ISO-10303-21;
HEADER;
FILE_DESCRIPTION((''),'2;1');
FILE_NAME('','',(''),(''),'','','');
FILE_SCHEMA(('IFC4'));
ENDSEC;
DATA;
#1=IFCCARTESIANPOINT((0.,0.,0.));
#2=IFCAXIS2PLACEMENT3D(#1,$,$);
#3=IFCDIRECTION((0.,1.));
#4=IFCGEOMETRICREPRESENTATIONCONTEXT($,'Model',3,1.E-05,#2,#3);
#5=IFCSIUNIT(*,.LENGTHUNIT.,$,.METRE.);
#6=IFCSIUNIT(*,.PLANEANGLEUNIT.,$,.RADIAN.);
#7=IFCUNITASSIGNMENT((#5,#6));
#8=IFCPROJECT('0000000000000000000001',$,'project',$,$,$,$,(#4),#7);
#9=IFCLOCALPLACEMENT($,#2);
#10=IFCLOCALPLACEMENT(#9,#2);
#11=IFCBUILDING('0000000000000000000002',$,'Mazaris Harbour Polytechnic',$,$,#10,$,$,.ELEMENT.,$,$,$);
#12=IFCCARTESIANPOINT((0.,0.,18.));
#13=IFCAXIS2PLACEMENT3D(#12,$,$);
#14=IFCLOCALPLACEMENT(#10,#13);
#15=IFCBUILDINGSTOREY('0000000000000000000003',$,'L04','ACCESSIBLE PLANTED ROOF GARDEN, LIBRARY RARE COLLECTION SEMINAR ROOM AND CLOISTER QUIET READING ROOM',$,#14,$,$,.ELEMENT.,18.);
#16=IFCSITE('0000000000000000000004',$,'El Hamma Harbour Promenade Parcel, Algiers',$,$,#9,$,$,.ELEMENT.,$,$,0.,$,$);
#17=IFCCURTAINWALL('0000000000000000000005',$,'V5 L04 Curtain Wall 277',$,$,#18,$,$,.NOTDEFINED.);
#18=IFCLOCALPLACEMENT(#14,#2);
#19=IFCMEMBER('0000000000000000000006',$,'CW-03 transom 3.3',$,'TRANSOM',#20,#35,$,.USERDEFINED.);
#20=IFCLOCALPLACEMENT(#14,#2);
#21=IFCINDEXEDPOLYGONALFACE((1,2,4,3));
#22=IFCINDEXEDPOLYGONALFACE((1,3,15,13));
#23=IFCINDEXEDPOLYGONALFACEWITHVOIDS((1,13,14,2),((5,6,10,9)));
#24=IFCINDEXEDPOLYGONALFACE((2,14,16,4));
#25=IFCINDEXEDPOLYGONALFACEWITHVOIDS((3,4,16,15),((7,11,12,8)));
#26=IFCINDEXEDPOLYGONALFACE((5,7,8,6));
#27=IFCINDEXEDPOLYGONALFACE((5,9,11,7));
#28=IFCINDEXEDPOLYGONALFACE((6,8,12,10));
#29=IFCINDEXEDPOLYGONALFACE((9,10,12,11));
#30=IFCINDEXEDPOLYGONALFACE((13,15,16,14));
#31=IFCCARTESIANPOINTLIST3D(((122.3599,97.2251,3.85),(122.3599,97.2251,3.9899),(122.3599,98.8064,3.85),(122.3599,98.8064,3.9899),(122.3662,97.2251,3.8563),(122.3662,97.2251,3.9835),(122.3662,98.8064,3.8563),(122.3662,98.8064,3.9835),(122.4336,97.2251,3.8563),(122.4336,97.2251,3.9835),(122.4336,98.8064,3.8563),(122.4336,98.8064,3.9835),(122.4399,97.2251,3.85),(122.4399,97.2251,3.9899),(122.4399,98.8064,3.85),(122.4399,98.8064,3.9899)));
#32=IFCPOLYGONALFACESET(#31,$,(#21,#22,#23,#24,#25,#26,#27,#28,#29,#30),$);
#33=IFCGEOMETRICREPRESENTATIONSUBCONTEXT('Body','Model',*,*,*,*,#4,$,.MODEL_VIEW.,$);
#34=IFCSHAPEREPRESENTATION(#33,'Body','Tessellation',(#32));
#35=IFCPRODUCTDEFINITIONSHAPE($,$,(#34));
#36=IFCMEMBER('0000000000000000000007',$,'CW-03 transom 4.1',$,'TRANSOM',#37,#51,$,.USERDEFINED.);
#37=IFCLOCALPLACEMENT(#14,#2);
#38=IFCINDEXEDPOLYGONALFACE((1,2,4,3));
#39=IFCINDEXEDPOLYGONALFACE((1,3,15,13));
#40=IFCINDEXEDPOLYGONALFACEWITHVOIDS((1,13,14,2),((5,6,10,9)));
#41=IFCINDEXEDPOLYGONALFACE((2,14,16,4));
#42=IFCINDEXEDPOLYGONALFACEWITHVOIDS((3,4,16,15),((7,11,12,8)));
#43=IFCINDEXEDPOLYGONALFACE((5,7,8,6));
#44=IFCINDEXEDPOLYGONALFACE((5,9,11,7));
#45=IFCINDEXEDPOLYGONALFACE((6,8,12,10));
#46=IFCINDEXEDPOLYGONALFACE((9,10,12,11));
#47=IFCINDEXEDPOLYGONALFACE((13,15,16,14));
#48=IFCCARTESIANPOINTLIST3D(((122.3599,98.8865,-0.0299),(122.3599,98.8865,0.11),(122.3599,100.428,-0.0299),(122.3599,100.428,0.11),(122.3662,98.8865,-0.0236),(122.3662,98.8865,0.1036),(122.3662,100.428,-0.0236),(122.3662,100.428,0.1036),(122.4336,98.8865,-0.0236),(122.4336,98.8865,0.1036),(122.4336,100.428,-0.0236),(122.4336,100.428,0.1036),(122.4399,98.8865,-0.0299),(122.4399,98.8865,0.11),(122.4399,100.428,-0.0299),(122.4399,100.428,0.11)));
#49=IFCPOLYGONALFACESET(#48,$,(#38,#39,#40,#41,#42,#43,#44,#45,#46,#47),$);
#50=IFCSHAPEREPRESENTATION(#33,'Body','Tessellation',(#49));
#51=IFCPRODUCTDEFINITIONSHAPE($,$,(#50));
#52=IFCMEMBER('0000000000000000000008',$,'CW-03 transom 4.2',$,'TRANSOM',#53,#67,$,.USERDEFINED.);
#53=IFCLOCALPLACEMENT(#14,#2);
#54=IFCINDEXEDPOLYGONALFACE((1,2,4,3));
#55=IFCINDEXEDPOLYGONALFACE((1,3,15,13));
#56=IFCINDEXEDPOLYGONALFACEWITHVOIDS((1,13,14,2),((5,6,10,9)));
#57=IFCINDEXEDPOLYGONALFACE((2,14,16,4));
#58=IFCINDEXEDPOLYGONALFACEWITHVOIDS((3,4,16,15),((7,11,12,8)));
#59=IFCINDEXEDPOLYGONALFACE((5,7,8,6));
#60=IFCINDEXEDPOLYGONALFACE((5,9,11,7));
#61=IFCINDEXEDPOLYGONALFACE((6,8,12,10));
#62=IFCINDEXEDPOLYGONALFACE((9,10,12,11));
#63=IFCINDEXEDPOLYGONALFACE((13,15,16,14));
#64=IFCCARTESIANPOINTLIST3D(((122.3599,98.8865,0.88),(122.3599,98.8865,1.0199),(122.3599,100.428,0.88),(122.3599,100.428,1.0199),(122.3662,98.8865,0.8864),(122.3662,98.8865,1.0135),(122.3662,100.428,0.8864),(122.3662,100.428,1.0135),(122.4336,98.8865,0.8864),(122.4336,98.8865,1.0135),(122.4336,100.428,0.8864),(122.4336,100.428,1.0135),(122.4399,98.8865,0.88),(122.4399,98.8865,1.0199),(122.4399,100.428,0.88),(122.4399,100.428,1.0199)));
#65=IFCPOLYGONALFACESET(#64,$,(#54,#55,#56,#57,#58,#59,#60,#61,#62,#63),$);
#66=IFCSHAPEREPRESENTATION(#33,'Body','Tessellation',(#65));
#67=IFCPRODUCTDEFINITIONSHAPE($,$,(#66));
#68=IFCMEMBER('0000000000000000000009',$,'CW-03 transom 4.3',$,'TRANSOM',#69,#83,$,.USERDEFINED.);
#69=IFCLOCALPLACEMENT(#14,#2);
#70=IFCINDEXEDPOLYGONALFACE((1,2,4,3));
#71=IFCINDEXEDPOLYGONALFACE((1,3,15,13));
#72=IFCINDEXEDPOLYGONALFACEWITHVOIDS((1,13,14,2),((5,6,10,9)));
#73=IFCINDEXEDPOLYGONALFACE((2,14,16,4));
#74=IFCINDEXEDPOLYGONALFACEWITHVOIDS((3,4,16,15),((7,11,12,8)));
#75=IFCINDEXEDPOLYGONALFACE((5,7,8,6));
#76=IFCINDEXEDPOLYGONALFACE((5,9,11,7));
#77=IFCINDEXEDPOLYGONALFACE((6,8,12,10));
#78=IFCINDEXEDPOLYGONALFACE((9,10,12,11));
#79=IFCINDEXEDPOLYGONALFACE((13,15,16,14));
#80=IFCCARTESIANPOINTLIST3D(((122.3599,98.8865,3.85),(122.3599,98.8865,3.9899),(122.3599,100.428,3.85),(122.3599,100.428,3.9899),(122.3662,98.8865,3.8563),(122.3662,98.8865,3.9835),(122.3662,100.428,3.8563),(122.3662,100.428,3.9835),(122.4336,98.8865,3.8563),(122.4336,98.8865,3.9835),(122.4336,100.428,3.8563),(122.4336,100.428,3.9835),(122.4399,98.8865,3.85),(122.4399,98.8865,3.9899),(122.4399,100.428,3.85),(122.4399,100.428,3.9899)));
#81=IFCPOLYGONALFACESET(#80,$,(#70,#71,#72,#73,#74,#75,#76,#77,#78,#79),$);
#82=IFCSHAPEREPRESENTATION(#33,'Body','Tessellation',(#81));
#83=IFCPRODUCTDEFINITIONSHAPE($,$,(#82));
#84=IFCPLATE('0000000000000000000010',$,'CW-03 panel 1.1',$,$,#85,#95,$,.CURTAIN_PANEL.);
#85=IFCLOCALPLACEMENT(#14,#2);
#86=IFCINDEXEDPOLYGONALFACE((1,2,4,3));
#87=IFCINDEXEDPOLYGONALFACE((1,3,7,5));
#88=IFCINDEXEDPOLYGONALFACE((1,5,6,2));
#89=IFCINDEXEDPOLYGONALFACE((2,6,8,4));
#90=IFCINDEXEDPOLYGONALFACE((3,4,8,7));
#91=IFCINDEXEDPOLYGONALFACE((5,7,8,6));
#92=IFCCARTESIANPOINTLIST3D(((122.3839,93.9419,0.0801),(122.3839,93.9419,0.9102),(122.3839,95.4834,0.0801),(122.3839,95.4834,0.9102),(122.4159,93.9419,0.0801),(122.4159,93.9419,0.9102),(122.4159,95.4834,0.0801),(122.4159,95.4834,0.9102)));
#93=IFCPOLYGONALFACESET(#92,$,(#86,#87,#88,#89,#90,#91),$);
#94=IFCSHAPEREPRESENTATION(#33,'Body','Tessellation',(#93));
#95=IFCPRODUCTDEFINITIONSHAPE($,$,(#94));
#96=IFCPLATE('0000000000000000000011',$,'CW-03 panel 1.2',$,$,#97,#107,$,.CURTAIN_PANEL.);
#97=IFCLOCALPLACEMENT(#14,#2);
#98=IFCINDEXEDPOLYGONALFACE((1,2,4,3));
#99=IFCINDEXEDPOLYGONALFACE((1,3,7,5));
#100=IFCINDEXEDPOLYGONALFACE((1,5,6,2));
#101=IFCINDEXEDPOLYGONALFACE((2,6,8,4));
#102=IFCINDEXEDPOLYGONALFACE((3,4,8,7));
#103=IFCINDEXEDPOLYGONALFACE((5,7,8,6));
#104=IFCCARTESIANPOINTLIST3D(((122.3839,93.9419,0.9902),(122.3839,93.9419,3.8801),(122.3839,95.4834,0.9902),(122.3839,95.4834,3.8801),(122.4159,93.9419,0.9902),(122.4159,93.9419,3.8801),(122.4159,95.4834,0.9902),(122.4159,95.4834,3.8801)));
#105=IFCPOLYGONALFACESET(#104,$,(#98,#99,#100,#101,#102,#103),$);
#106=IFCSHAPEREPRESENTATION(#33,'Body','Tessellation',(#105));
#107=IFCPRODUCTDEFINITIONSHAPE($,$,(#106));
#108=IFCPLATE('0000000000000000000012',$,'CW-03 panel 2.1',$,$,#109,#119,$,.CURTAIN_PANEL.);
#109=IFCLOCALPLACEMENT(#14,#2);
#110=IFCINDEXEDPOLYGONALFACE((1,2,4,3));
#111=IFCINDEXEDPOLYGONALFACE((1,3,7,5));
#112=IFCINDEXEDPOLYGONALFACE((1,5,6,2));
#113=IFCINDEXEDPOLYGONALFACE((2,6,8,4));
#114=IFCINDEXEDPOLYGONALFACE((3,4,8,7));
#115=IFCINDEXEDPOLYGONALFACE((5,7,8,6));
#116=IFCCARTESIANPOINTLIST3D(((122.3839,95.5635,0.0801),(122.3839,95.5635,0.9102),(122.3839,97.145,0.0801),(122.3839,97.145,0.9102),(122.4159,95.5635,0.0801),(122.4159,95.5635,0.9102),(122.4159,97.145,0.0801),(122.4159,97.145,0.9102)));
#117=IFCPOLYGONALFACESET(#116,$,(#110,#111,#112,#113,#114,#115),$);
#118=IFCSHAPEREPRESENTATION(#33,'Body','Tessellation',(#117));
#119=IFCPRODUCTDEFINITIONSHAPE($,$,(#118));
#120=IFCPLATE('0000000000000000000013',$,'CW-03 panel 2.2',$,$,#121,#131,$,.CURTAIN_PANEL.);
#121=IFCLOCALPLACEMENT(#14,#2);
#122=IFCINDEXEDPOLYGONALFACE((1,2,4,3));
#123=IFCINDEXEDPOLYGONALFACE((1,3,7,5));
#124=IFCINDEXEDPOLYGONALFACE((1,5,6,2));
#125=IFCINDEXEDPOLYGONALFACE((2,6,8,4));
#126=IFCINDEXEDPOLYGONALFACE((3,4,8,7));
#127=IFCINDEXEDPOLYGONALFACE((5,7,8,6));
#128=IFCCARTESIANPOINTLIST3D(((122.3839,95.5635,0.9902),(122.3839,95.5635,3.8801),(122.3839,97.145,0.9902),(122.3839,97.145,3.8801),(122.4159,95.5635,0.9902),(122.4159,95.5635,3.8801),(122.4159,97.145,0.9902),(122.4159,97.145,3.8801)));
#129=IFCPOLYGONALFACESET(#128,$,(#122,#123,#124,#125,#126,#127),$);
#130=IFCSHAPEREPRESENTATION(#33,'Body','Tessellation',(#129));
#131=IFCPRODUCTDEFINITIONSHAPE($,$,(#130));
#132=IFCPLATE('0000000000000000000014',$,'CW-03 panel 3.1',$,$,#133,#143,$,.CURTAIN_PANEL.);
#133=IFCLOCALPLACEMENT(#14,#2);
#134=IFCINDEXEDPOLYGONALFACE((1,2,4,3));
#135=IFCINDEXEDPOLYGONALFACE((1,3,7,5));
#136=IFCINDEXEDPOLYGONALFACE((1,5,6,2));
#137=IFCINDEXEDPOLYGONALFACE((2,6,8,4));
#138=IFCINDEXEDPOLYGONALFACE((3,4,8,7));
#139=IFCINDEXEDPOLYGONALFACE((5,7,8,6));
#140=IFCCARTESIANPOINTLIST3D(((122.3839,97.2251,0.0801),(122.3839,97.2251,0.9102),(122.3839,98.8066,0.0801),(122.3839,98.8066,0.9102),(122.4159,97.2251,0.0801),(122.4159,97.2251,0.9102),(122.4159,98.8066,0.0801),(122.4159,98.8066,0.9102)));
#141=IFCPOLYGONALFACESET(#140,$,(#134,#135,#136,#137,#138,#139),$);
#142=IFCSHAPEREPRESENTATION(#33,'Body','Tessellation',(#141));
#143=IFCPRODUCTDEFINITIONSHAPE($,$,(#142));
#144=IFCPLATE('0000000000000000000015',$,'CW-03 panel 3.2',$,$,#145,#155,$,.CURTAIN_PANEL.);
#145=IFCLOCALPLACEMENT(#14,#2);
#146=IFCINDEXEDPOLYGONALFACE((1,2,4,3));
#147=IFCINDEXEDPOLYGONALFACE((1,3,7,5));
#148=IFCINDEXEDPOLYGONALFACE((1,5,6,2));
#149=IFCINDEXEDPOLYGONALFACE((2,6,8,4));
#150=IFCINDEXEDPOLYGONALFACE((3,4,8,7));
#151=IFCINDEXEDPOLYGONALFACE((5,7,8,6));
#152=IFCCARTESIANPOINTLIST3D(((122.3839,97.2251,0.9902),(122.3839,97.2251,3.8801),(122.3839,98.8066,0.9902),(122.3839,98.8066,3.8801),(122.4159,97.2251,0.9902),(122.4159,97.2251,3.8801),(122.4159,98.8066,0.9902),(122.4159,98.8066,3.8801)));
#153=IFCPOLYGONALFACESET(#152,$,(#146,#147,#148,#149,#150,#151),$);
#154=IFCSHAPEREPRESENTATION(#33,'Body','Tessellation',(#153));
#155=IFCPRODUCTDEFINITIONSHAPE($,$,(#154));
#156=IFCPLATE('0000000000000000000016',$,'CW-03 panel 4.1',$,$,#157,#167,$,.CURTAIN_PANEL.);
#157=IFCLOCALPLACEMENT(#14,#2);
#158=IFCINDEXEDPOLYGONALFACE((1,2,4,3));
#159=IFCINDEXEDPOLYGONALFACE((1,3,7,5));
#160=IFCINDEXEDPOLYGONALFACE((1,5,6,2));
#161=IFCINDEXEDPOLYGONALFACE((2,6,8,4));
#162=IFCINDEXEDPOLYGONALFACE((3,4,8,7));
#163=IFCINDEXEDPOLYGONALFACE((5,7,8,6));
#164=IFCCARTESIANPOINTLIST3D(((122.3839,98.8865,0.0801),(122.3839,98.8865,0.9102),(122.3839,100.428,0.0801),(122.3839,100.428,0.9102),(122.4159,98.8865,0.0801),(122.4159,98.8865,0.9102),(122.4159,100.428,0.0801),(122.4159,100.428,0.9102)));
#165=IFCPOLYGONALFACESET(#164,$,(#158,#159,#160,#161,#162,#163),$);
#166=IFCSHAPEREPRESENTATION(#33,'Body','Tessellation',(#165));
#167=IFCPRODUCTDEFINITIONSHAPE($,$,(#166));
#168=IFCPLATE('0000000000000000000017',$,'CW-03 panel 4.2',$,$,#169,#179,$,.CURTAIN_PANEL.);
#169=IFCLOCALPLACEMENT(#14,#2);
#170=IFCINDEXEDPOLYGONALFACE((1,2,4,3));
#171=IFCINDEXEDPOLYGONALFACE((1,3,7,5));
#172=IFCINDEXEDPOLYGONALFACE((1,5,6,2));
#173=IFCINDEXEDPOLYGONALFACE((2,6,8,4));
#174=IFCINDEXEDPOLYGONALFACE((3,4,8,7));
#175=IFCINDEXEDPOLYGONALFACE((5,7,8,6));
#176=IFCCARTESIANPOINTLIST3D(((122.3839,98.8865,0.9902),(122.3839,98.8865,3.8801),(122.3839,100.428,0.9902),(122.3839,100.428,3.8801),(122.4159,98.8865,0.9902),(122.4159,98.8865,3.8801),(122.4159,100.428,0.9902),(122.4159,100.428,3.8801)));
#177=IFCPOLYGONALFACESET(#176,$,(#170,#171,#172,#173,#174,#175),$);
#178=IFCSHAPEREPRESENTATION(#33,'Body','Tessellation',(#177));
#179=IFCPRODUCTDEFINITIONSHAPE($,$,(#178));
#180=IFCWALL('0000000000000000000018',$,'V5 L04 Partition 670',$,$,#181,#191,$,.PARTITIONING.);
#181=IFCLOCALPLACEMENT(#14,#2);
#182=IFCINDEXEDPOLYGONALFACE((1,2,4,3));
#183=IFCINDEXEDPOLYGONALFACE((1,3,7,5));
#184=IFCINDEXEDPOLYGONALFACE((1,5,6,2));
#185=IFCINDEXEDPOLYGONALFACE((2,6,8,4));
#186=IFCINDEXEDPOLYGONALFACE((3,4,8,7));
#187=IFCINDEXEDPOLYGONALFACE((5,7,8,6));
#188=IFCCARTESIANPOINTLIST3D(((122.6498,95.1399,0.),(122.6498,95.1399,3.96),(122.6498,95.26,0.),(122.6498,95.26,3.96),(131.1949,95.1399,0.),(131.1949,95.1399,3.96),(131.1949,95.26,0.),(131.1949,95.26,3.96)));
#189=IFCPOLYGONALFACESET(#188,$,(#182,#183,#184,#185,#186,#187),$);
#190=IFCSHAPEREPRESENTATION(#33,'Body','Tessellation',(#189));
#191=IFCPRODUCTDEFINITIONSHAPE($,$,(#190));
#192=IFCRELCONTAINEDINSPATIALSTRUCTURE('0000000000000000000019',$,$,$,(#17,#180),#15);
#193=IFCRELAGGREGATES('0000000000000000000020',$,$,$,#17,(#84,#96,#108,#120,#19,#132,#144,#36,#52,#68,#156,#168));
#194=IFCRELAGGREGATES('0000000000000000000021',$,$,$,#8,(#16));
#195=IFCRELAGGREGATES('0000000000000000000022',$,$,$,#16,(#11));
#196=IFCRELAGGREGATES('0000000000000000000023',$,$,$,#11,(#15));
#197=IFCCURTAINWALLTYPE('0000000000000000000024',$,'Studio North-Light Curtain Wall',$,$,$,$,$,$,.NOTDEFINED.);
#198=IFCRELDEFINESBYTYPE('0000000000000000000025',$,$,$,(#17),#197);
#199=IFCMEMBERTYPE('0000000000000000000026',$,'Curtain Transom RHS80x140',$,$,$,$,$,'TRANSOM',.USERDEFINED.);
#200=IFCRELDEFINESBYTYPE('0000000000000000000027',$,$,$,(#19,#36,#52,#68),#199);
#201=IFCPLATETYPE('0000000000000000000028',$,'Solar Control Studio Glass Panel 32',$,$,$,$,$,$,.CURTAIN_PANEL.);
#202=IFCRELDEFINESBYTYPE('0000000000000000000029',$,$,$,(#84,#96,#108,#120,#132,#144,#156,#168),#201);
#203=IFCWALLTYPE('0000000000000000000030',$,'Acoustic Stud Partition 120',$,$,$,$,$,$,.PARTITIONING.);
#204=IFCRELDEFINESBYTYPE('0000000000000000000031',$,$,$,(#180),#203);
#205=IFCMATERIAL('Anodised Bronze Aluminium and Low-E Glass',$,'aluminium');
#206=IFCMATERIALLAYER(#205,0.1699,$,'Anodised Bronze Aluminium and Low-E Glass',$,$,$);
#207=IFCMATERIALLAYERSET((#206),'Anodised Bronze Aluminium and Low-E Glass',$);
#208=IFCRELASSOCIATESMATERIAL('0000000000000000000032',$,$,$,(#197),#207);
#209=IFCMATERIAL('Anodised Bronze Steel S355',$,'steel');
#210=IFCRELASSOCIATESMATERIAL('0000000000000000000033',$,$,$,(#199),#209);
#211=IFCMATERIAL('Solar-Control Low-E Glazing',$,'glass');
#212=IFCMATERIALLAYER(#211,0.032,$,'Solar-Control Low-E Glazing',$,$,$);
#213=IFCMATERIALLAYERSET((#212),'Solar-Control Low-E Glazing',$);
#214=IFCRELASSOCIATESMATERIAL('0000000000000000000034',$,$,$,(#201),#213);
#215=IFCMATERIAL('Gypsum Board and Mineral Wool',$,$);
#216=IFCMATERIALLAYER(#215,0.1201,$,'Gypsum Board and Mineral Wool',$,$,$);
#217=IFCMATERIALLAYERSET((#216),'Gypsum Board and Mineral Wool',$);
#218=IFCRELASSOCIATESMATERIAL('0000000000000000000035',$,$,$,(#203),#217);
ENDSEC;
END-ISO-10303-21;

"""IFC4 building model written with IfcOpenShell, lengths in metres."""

from ifc_helpers import new_model, si_unit, direction, frame, frame_2d, origin, origin_2d, place, context, subcontext, project, spatial, rectangle, hollow_rectangle, extrude, material, layer, layer_set, material_profile, profile_set, type_object, element, aggregate, save


model = new_model("IFC4")

# Units and contexts
model_context = context("Model", 3, precision=1e-05, world=origin(), true_north=direction((0.0, 1.0)))
body_context = subcontext(model_context, "Body", "Model", "MODEL_VIEW")
ifc_project = project(units=[si_unit("LENGTHUNIT", "METRE"), si_unit("PLANEANGLEUNIT", "RADIAN")], contexts=[model_context])

# Site, building, storey
site_placement = place(None, origin())
site = spatial("IfcSite", under=ifc_project, at=site_placement, Name="El Hamma Harbour Promenade Parcel, Algiers", CompositionType="ELEMENT", RefElevation=0.0)
building_placement = place(site_placement, origin())
building = spatial("IfcBuilding", under=site, at=building_placement, Name="Mazaris Harbour Polytechnic", CompositionType="ELEMENT")
storey_placement = place(building_placement, frame((0.0, 0.0, 18.0)))
storey = spatial("IfcBuildingStorey", under=building, at=storey_placement, Name="L04", Description="ACCESSIBLE PLANTED ROOF GARDEN, LIBRARY RARE COLLECTION SEMINAR ROOM AND CLOISTER QUIET READING ROOM", CompositionType="ELEMENT", Elevation=18.0)

# Shared definitions
ifc_material_1 = material(Name="Anodised Bronze Aluminium and Low-E Glass", Category="aluminium")
ifc_layer_1 = layer(ifc_material_1, 0.1699, Name="Anodised Bronze Aluminium and Low-E Glass")
ifc_layer_set_1 = layer_set([ifc_layer_1], Name="Anodised Bronze Aluminium and Low-E Glass")
curtain_wall_type = type_object("IfcCurtainWallType", Name="Studio North-Light Curtain Wall", PredefinedType="NOTDEFINED", material=ifc_layer_set_1)

# Curtain wall, members, plates
curtain_wall_1_placement = place(storey_placement, origin())
curtain_wall_1 = element("IfcCurtainWall", 1, at=curtain_wall_1_placement, inside=storey, type_object=curtain_wall_type, Name="V5 L04 Curtain Wall 277", PredefinedType="NOTDEFINED")
ifc_material_2 = material(Name="Anodised Bronze Steel S355", Category="steel")
ifc_material_profile_1 = material_profile(ifc_material_2, hollow_rectangle(XDim=0.0801, YDim=0.1399, WallThickness=0.0063, at=origin_2d()), Name="RHS 80x140x6.3")
ifc_profile_set_1 = profile_set([ifc_material_profile_1], Name="Anodised Bronze Steel S355")
member_type_1 = type_object("IfcMemberType", Name="Curtain Transom RHS80x140", ElementType="TRANSOM", PredefinedType="USERDEFINED", material=ifc_profile_set_1)
member_1_placement = place(storey_placement, frame((122.3999, 97.2251, 3.9199), z_axis=(0.0, 1.0, 0.0), x_axis=(-1.0, 0.0, 0.0)))
member_1 = element("IfcMember", 2, at=member_1_placement, type_object=member_type_1, Name="CW-03 transom 3.3", ObjectType="TRANSOM", PredefinedType="USERDEFINED", context=body_context, shape_type="SweptSolid", body=[
    extrude(hollow_rectangle(XDim=0.0801, YDim=0.1399, WallThickness=0.0063, at=origin_2d()), origin(), (0.0, 0.0, 1.0), 1.5813),
])
member_2_placement = place(storey_placement, frame((122.3999, 98.8865, 0.04), z_axis=(0.0, 1.0, 0.0), x_axis=(-1.0, 0.0, 0.0)))
member_2 = element("IfcMember", 3, at=member_2_placement, type_object=member_type_1, Name="CW-03 transom 4.1", ObjectType="TRANSOM", PredefinedType="USERDEFINED", context=body_context, shape_type="SweptSolid", body=[
    extrude(hollow_rectangle(XDim=0.0801, YDim=0.1399, WallThickness=0.0063, at=origin_2d()), origin(), (0.0, 0.0, 1.0), 1.5415),
])
member_3_placement = place(storey_placement, frame((122.3999, 98.8865, 0.95), z_axis=(0.0, 1.0, 0.0), x_axis=(-1.0, 0.0, 0.0)))
member_3 = element("IfcMember", 4, at=member_3_placement, type_object=member_type_1, Name="CW-03 transom 4.2", ObjectType="TRANSOM", PredefinedType="USERDEFINED", context=body_context, shape_type="SweptSolid", body=[
    extrude(hollow_rectangle(XDim=0.0801, YDim=0.1399, WallThickness=0.0063, at=origin_2d()), origin(), (0.0, 0.0, 1.0), 1.5415),
])
member_4_placement = place(storey_placement, frame((122.3999, 98.8865, 3.9199), z_axis=(0.0, 1.0, 0.0), x_axis=(-1.0, 0.0, 0.0)))
member_4 = element("IfcMember", 5, at=member_4_placement, type_object=member_type_1, Name="CW-03 transom 4.3", ObjectType="TRANSOM", PredefinedType="USERDEFINED", context=body_context, shape_type="SweptSolid", body=[
    extrude(hollow_rectangle(XDim=0.0801, YDim=0.1399, WallThickness=0.0063, at=origin_2d()), origin(), (0.0, 0.0, 1.0), 1.5415),
])
ifc_material_3 = material(Name="Solar-Control Low-E Glazing", Category="glass")
ifc_layer_2 = layer(ifc_material_3, 0.032, Name="Solar-Control Low-E Glazing")
ifc_layer_set_2 = layer_set([ifc_layer_2], Name="Solar-Control Low-E Glazing")
plate_type = type_object("IfcPlateType", Name="Solar Control Studio Glass Panel 32", PredefinedType="CURTAIN_PANEL", material=ifc_layer_set_2)
plate_1_placement = place(storey_placement, frame((122.3999, 94.7126, 0.0801), z_axis=(0.0, 0.0, 1.0), x_axis=(0.0, 1.0, 0.0)))
plate_1 = element("IfcPlate", 6, at=plate_1_placement, type_object=plate_type, Name="CW-03 panel 1.1", PredefinedType="CURTAIN_PANEL", context=body_context, shape_type="SweptSolid", body=[
    extrude(rectangle(XDim=1.5415, YDim=0.032, at=origin_2d()), origin(), (0.0, 0.0, 1.0), 0.8301),
])
plate_2_placement = place(storey_placement, frame((122.3999, 94.7126, 0.9902), z_axis=(0.0, 0.0, 1.0), x_axis=(0.0, 1.0, 0.0)))
plate_2 = element("IfcPlate", 7, at=plate_2_placement, type_object=plate_type, Name="CW-03 panel 1.2", PredefinedType="CURTAIN_PANEL", context=body_context, shape_type="SweptSolid", body=[
    extrude(rectangle(XDim=1.5415, YDim=0.032, at=origin_2d()), origin(), (0.0, 0.0, 1.0), 2.8899),
])
plate_3_placement = place(storey_placement, frame((122.3999, 96.3542, 0.0801), z_axis=(0.0, 0.0, 1.0), x_axis=(0.0, 1.0, 0.0)))
plate_3 = element("IfcPlate", 8, at=plate_3_placement, type_object=plate_type, Name="CW-03 panel 2.1", PredefinedType="CURTAIN_PANEL", context=body_context, shape_type="SweptSolid", body=[
    extrude(rectangle(XDim=1.5815, YDim=0.032, at=origin_2d()), origin(), (0.0, 0.0, 1.0), 0.8301),
])
plate_4_placement = place(storey_placement, frame((122.3999, 96.3542, 0.9902), z_axis=(0.0, 0.0, 1.0), x_axis=(0.0, 1.0, 0.0)))
plate_4 = element("IfcPlate", 9, at=plate_4_placement, type_object=plate_type, Name="CW-03 panel 2.2", PredefinedType="CURTAIN_PANEL", context=body_context, shape_type="SweptSolid", body=[
    extrude(rectangle(XDim=1.5815, YDim=0.032, at=origin_2d()), origin(), (0.0, 0.0, 1.0), 2.8899),
])
plate_5_placement = place(storey_placement, frame((122.3999, 98.0159, 0.0801), z_axis=(0.0, 0.0, 1.0), x_axis=(0.0, 1.0, 0.0)))
plate_5 = element("IfcPlate", 10, at=plate_5_placement, type_object=plate_type, Name="CW-03 panel 3.1", PredefinedType="CURTAIN_PANEL", context=body_context, shape_type="SweptSolid", body=[
    extrude(rectangle(XDim=1.5815, YDim=0.032, at=origin_2d()), origin(), (0.0, 0.0, 1.0), 0.8301),
])
plate_6_placement = place(storey_placement, frame((122.3999, 98.0159, 0.9902), z_axis=(0.0, 0.0, 1.0), x_axis=(0.0, 1.0, 0.0)))
plate_6 = element("IfcPlate", 11, at=plate_6_placement, type_object=plate_type, Name="CW-03 panel 3.2", PredefinedType="CURTAIN_PANEL", context=body_context, shape_type="SweptSolid", body=[
    extrude(rectangle(XDim=1.5815, YDim=0.032, at=origin_2d()), origin(), (0.0, 0.0, 1.0), 2.8899),
])
plate_7_placement = place(storey_placement, frame((122.3999, 99.6572, 0.0801), z_axis=(0.0, 0.0, 1.0), x_axis=(0.0, 1.0, 0.0)))
plate_7 = element("IfcPlate", 12, at=plate_7_placement, type_object=plate_type, Name="CW-03 panel 4.1", PredefinedType="CURTAIN_PANEL", context=body_context, shape_type="SweptSolid", body=[
    extrude(rectangle(XDim=1.5415, YDim=0.032, at=origin_2d()), origin(), (0.0, 0.0, 1.0), 0.8301),
])
plate_8_placement = place(storey_placement, frame((122.3999, 99.6572, 0.9902), z_axis=(0.0, 0.0, 1.0), x_axis=(0.0, 1.0, 0.0)))
plate_8 = element("IfcPlate", 13, at=plate_8_placement, type_object=plate_type, Name="CW-03 panel 4.2", PredefinedType="CURTAIN_PANEL", context=body_context, shape_type="SweptSolid", body=[
    extrude(rectangle(XDim=1.5415, YDim=0.032, at=origin_2d()), origin(), (0.0, 0.0, 1.0), 2.8899),
])
aggregate(curtain_wall_1, [plate_1, plate_2, plate_3, plate_4, member_1, plate_5, plate_6, member_2, member_3, member_4, plate_7, plate_8])

# Wall
ifc_material_4 = material(Name="Gypsum Board and Mineral Wool")
ifc_layer_3 = layer(ifc_material_4, 0.1201, Name="Gypsum Board and Mineral Wool")
ifc_layer_set_3 = layer_set([ifc_layer_3], Name="Gypsum Board and Mineral Wool")
wall_type = type_object("IfcWallType", Name="Acoustic Stud Partition 120", PredefinedType="PARTITIONING", material=ifc_layer_set_3)
wall_placement = place(storey_placement, frame((122.6499, 95.2, 0.0), z_axis=(0.0, 0.0, 1.0), x_axis=(1.0, 0.0, 0.0)))
element("IfcWall", 14, at=wall_placement, inside=storey, type_object=wall_type, Name="V5 L04 Partition 670", PredefinedType="PARTITIONING", context=body_context, shape_type="SweptSolid", body=[
    extrude(rectangle(XDim=8.5452, YDim=0.1201, at=frame_2d((4.2725, 0.0))), origin(), (0.0, 0.0, 1.0), 3.96),
])

save(model, "model.ifc")
